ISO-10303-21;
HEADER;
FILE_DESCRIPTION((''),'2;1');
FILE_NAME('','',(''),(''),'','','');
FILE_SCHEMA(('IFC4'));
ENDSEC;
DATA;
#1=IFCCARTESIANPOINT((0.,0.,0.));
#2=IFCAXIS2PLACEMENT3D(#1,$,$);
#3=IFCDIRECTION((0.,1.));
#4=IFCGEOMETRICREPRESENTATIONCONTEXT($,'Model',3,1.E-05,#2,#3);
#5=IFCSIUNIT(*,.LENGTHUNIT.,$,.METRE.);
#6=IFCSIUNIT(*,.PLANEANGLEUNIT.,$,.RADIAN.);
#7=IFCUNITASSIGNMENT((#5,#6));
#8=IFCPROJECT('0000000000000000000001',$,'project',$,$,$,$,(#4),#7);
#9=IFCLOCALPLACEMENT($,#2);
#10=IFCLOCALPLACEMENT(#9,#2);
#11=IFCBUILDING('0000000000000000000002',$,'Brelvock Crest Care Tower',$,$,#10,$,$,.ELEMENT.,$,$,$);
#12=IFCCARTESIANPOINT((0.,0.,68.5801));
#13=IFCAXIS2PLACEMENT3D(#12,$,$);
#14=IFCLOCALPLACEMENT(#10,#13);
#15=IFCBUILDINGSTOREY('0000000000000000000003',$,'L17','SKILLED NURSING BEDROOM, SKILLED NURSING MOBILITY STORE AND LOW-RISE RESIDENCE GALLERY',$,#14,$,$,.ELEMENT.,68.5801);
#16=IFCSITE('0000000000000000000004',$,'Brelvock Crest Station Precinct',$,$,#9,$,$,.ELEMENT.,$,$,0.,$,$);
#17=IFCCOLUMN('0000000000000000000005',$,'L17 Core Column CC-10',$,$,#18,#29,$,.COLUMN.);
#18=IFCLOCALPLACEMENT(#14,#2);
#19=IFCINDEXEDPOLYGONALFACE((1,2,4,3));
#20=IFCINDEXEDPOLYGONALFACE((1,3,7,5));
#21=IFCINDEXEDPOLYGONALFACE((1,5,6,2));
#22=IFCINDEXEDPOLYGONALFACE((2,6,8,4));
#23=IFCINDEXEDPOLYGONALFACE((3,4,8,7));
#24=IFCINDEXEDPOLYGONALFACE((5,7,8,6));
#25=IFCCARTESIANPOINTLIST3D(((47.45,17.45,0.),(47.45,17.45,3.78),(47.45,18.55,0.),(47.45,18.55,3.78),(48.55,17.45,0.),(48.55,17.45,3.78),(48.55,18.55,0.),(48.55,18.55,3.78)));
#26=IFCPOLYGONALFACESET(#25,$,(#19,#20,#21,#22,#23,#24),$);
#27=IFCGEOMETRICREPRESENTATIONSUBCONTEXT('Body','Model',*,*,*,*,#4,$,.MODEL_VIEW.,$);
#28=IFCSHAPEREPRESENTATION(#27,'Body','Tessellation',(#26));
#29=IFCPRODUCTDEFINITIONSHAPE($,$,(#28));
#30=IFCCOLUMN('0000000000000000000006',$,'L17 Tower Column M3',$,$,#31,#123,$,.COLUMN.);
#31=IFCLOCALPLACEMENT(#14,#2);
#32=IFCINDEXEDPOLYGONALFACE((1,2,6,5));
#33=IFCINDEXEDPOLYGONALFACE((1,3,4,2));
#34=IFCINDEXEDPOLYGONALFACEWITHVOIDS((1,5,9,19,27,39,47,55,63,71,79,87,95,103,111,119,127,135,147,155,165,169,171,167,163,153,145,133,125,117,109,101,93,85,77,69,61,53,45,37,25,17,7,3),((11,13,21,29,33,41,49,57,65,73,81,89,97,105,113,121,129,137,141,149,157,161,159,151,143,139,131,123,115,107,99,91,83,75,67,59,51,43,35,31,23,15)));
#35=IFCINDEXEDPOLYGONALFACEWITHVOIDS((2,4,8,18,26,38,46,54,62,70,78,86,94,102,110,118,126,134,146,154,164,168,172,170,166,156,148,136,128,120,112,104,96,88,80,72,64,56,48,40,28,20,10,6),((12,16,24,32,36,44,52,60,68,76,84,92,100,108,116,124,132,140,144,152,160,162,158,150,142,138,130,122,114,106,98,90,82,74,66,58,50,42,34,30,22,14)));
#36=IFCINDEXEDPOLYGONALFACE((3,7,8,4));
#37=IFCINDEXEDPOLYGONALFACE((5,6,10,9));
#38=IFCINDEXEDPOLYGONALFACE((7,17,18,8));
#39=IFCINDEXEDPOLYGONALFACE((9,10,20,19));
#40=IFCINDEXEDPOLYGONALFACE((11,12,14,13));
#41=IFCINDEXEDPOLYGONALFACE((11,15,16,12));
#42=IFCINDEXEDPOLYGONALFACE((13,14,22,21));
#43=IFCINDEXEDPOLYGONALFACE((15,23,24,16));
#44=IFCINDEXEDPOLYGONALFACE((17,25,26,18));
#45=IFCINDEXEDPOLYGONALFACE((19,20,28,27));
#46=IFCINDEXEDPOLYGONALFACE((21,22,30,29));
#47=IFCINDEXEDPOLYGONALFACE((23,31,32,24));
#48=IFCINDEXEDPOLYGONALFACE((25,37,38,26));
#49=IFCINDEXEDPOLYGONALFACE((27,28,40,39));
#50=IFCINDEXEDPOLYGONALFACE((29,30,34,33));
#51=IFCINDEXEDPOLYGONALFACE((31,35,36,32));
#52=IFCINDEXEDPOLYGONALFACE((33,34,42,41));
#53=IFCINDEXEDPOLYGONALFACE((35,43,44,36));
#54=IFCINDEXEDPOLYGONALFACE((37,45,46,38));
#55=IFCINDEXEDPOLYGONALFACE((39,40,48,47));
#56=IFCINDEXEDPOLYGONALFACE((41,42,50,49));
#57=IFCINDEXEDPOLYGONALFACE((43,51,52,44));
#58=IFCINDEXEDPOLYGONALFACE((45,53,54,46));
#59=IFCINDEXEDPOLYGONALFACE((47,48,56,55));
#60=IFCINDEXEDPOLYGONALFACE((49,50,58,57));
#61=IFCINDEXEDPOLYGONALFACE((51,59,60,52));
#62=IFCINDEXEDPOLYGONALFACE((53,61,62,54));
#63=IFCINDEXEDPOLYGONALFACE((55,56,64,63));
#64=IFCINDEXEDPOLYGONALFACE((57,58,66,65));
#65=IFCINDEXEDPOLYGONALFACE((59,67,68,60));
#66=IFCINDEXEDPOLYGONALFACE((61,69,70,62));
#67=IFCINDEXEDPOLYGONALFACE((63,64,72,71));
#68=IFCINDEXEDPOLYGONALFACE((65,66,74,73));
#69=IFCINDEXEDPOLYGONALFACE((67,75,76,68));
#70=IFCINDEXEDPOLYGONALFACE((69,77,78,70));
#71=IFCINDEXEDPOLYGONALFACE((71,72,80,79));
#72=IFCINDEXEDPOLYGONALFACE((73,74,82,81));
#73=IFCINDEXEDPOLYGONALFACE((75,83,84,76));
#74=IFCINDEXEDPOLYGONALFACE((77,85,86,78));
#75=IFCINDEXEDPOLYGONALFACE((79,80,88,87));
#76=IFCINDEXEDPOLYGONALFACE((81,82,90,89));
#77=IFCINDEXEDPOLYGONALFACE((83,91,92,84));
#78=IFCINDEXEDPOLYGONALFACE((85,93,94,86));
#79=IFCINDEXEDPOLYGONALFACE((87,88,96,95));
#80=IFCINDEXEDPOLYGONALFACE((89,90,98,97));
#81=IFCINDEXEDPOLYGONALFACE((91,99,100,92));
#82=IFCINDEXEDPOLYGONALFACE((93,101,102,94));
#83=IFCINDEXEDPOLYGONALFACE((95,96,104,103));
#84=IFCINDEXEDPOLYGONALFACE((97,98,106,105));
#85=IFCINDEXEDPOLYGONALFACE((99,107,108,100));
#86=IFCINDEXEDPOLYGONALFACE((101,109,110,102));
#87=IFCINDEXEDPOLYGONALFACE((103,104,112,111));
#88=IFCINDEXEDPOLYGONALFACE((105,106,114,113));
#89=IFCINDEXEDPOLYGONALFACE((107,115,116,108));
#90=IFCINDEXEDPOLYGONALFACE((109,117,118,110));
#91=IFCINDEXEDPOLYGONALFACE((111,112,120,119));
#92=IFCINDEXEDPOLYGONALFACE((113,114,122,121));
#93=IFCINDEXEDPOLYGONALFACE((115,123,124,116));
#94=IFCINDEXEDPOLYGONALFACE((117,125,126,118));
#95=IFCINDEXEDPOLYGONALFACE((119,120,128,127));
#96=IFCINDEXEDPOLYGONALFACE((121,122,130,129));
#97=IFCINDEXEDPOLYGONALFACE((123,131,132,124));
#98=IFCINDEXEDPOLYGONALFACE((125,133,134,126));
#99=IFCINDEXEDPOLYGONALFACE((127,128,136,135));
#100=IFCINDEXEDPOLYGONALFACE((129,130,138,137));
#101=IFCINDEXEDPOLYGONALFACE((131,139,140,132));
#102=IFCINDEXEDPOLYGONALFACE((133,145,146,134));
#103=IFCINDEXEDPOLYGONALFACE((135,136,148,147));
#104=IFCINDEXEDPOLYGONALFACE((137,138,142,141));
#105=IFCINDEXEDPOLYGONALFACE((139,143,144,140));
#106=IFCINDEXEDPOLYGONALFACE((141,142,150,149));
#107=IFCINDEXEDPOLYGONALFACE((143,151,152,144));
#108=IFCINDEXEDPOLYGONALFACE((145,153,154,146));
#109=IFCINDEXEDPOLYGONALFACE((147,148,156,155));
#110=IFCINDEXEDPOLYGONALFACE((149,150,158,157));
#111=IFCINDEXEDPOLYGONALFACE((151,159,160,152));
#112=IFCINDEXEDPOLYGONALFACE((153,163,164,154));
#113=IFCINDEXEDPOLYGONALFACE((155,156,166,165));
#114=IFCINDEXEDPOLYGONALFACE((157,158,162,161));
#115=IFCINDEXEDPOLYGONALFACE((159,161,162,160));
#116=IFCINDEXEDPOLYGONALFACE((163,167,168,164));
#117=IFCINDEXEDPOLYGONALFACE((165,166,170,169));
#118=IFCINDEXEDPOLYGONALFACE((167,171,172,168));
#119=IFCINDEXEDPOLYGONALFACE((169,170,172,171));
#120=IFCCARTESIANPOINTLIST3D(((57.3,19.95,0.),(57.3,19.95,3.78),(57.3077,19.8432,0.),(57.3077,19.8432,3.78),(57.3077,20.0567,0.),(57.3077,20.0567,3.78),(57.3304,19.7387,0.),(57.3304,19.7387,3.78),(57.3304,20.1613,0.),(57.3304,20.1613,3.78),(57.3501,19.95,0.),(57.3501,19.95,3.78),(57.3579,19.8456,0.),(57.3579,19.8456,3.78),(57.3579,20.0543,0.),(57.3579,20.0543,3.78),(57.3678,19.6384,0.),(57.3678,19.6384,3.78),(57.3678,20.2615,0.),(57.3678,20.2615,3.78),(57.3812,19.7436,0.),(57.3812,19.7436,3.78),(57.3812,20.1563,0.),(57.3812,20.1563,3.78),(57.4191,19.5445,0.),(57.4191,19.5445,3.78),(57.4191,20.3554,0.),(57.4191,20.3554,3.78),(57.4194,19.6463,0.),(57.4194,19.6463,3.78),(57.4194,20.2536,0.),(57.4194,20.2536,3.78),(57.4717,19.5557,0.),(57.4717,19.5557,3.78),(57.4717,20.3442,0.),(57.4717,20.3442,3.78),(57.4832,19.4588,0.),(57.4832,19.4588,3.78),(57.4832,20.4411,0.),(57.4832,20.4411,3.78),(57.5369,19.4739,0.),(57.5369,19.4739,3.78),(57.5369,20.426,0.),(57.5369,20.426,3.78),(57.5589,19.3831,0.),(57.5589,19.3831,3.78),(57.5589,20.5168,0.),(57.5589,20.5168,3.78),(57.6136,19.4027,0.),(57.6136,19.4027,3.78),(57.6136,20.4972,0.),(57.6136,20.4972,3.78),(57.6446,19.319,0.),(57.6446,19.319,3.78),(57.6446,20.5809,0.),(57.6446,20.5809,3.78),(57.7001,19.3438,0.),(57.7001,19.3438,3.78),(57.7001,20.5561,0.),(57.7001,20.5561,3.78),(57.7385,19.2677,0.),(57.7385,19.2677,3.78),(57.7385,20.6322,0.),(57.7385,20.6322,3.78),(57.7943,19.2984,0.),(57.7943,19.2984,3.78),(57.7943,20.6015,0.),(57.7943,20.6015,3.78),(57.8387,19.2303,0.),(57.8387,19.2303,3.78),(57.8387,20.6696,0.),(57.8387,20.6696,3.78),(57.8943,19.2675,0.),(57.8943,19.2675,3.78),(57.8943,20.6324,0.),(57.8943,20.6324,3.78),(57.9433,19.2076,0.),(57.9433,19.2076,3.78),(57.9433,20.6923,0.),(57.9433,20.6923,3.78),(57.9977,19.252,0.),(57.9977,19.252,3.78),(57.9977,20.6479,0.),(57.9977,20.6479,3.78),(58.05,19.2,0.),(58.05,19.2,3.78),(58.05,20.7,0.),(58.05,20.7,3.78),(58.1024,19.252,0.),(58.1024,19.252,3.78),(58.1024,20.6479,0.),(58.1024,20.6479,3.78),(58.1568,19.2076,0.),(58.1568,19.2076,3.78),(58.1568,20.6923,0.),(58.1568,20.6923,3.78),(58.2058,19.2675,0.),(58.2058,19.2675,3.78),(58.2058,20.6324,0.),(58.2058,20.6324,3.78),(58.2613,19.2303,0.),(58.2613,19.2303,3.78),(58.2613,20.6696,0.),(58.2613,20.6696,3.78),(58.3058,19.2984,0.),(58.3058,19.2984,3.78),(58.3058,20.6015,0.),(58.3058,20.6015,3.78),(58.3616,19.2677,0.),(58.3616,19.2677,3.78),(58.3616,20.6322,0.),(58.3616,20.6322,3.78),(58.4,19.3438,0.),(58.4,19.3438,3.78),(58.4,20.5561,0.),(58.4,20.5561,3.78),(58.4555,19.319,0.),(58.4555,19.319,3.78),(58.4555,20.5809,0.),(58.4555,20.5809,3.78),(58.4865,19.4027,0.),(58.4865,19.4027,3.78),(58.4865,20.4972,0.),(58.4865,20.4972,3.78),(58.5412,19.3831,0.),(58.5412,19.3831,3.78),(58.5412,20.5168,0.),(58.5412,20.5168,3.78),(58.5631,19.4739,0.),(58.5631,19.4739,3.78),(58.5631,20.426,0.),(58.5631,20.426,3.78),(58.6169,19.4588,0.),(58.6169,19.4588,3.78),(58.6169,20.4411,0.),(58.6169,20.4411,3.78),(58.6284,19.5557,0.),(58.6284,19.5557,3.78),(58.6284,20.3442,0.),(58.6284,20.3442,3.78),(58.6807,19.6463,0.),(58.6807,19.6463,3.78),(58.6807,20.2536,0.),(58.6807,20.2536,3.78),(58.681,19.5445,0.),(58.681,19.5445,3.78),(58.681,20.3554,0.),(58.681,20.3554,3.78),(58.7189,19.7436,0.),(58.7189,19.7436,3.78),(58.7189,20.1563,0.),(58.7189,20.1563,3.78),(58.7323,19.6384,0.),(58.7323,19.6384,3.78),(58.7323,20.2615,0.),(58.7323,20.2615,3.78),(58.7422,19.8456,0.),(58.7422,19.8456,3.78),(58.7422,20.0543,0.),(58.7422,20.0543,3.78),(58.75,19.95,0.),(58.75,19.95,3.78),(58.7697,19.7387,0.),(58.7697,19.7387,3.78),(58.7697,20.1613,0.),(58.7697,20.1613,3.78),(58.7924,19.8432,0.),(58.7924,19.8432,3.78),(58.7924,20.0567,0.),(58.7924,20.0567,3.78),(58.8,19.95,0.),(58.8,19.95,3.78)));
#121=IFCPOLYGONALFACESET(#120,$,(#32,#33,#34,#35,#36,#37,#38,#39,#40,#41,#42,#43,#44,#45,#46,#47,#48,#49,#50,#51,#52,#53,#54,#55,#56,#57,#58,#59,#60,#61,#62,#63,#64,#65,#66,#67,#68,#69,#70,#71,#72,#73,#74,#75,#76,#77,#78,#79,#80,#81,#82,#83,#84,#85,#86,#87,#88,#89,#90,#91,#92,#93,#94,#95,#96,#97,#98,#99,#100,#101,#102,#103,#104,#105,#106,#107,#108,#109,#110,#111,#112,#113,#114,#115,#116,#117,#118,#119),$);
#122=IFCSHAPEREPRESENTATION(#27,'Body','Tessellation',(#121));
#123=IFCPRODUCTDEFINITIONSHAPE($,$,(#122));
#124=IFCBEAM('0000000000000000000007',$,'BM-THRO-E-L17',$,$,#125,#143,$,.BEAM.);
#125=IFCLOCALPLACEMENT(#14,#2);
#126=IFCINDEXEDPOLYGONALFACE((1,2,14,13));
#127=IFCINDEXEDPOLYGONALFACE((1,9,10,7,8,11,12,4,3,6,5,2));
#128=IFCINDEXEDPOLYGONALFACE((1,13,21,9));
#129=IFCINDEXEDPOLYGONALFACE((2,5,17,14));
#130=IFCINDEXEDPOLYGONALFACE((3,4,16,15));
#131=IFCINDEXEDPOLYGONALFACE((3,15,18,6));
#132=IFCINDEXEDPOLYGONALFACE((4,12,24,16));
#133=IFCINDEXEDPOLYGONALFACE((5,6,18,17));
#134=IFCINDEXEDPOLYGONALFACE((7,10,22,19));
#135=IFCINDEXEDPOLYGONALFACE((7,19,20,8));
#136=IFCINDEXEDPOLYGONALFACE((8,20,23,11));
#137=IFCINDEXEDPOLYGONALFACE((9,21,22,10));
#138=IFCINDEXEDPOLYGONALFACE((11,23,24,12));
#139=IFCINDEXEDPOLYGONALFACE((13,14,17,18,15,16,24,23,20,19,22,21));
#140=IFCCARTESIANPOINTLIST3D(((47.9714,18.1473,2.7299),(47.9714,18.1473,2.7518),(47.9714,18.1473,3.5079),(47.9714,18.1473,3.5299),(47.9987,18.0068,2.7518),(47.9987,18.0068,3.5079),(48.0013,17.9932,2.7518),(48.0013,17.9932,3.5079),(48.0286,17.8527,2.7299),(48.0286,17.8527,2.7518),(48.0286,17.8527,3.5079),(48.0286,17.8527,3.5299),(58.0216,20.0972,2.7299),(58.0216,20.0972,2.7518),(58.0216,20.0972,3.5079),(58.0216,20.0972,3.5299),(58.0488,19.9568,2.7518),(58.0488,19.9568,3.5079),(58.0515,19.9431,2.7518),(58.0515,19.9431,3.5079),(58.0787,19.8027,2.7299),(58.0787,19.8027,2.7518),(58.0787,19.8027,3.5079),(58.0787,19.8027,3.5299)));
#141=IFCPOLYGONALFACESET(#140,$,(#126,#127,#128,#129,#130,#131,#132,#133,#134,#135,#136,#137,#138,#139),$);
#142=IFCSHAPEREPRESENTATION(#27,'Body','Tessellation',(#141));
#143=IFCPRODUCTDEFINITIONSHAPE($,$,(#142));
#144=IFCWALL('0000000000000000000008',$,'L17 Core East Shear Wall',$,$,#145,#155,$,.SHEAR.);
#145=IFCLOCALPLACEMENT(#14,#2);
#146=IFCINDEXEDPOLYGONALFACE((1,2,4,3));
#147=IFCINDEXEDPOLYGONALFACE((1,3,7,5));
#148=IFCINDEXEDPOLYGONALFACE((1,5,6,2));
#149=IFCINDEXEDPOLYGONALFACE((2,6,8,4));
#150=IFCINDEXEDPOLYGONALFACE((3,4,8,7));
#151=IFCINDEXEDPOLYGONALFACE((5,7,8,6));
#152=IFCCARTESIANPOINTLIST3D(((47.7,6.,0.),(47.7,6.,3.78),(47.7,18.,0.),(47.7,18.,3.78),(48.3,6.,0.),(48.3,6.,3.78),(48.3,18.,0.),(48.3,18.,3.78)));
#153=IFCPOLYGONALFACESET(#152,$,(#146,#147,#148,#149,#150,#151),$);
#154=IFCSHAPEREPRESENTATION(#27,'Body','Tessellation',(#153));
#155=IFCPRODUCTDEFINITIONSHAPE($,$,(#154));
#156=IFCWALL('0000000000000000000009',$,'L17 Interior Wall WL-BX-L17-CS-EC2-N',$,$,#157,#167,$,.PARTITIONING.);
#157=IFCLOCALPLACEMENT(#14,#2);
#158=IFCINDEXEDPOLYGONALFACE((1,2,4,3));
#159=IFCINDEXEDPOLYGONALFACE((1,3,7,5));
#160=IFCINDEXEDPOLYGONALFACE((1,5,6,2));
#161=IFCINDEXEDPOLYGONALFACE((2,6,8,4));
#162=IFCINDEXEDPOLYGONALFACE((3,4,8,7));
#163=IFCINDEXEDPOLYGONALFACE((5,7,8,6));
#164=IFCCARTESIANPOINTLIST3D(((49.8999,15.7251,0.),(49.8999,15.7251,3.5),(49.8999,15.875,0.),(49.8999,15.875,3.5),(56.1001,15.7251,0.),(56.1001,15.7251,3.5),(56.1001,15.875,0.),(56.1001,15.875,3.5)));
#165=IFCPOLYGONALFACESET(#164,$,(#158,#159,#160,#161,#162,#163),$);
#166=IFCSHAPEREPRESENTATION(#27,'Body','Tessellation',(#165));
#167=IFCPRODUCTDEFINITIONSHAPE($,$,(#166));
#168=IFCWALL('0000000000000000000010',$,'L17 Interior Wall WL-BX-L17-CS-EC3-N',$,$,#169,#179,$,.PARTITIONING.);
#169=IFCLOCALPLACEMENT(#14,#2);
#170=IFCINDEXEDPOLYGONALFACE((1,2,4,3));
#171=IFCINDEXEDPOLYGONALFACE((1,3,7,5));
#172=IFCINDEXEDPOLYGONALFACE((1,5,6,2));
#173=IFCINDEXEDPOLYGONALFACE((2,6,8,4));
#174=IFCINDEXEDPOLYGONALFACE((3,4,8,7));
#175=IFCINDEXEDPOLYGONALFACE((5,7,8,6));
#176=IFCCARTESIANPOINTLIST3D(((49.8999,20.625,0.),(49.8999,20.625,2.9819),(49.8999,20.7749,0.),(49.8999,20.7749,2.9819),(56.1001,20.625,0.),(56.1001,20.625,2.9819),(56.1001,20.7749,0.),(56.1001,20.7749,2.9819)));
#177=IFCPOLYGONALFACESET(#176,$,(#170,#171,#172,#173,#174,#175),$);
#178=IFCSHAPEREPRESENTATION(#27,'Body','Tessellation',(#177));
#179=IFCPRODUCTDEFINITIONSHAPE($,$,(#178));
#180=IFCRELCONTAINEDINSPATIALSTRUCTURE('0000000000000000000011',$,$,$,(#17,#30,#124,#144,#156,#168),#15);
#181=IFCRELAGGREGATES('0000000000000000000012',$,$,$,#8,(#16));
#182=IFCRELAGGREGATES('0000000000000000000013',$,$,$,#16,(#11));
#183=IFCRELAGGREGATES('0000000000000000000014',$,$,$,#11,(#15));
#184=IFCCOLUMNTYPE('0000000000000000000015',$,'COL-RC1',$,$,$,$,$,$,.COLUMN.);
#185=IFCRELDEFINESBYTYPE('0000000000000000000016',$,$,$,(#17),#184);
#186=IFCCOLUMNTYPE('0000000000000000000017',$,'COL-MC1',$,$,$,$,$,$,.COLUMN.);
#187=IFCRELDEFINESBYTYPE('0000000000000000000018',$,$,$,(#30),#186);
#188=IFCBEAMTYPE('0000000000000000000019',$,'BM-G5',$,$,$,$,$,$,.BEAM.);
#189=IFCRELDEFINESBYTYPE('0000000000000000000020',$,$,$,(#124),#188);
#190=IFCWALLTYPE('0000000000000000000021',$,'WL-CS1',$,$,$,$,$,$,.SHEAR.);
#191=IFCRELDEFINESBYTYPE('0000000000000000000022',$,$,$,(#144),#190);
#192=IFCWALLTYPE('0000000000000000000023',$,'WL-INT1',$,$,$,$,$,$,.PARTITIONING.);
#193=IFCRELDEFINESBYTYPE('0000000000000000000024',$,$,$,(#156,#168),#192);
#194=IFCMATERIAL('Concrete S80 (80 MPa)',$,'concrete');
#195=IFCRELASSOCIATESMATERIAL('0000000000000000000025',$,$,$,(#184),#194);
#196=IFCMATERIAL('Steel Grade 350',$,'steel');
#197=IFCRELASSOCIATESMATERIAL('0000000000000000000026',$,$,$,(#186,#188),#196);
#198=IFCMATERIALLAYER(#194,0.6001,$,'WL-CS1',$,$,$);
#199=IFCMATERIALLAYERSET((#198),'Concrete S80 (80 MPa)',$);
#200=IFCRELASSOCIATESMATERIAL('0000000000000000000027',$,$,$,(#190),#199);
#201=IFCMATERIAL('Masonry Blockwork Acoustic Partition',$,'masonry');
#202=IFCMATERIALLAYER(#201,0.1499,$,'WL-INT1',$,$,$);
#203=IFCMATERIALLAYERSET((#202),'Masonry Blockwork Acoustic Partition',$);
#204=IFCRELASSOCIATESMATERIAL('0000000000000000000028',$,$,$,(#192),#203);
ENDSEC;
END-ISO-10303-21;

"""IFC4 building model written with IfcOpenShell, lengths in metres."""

from ifc_helpers import new_model, si_unit, direction, frame, frame_2d, origin, origin_2d, place, context, subcontext, project, spatial, rectangle, hollow_circle, i_section, extrude, source, transform, mapped, material, layer, layer_set, material_profile, profile_set, type_object, element, save


model = new_model("IFC4")

# Units and contexts
model_context = context("Model", 3, precision=1e-05, world=origin(), true_north=direction((0.0, 1.0)))
body_context = subcontext(model_context, "Body", "Model", "MODEL_VIEW")
ifc_project = project(units=[si_unit("LENGTHUNIT", "METRE"), si_unit("PLANEANGLEUNIT", "RADIAN")], contexts=[model_context])

# Site, building, storey
site_placement = place(None, origin())
site = spatial("IfcSite", under=ifc_project, at=site_placement, Name="Brelvock Crest Station Precinct", CompositionType="ELEMENT", RefElevation=0.0)
building_placement = place(site_placement, origin())
building = spatial("IfcBuilding", under=site, at=building_placement, Name="Brelvock Crest Care Tower", CompositionType="ELEMENT")
storey_placement = place(building_placement, frame((0.0, 0.0, 68.5801)))
storey = spatial("IfcBuildingStorey", under=building, at=storey_placement, Name="L17", Description="SKILLED NURSING BEDROOM, SKILLED NURSING MOBILITY STORE AND LOW-RISE RESIDENCE GALLERY", CompositionType="ELEMENT", Elevation=68.5801)

# Columns
ifc_material_1 = material(Name="Concrete S80 (80 MPa)", Category="concrete")
ifc_material_profile_1 = material_profile(ifc_material_1, rectangle(XDim=1.1001, YDim=1.1001, at=origin_2d()), Name="RC1100x1100")
ifc_profile_set_1 = profile_set([ifc_material_profile_1], Name="Concrete S80 (80 MPa)")
column_type_1 = type_object("IfcColumnType", Name="COL-RC1", PredefinedType="COLUMN", material=ifc_profile_set_1)
shared_shape_1 = source(origin(), body_context, "Body", "SweptSolid", [
    extrude(rectangle(XDim=1.1001, YDim=1.1001, at=origin_2d()), origin(), (0.0, 0.0, 1.0), 3.78),
])
column_1_placement = place(storey_placement, frame((48.0, 18.0, 0.0), z_axis=(0.0, 0.0, 1.0), x_axis=(1.0, 0.0, 0.0)))
element("IfcColumn", 1, at=column_1_placement, inside=storey, type_object=column_type_1, Name="L17 Core Column CC-10", PredefinedType="COLUMN", context=body_context, shape_type="MappedRepresentation", body=[
    mapped(shared_shape_1, transform((0.0, 0.0, 0.0), x_axis=(1.0, 0.0, 0.0), y_axis=(0.0, 1.0, 0.0), z_axis=(0.0, 0.0, 1.0), scale=1.0)),
])
ifc_material_2 = material(Name="Steel Grade 350", Category="steel")
ifc_material_profile_2 = material_profile(ifc_material_2, hollow_circle(Radius=0.75, WallThickness=0.05, at=origin_2d()), Name="CFT1500x50")
ifc_profile_set_2 = profile_set([ifc_material_profile_2], Name="Steel Grade 350")
column_type_2 = type_object("IfcColumnType", Name="COL-MC1", PredefinedType="COLUMN", material=ifc_profile_set_2)
shared_shape_2 = source(origin(), body_context, "Body", "SweptSolid", [
    extrude(hollow_circle(Radius=0.75, WallThickness=0.05, at=origin_2d()), origin(), (0.0, 0.0, 1.0), 3.78),
])
column_2_placement = place(storey_placement, frame((58.05, 19.95, 0.0), z_axis=(0.0, 0.0, 1.0), x_axis=(1.0, 0.0, 0.0)))
element("IfcColumn", 2, at=column_2_placement, inside=storey, type_object=column_type_2, Name="L17 Tower Column M3", PredefinedType="COLUMN", context=body_context, shape_type="MappedRepresentation", body=[
    mapped(shared_shape_2, transform((0.0, 0.0, 0.0), x_axis=(1.0, 0.0, 0.0), y_axis=(0.0, 1.0, 0.0), z_axis=(0.0, 0.0, 1.0), scale=1.0)),
])

# Beam
ifc_material_profile_3 = material_profile(ifc_material_2, i_section(OverallWidth=0.3, OverallDepth=0.8, WebThickness=0.0139, FlangeThickness=0.022, at=origin_2d()), Name="800WB192")
ifc_profile_set_3 = profile_set([ifc_material_profile_3], Name="Steel Grade 350")
beam_type = type_object("IfcBeamType", Name="BM-G5", PredefinedType="BEAM", material=ifc_profile_set_3)
shared_shape_3 = source(origin(), body_context, "Body", "SweptSolid", [
    extrude(i_section(OverallWidth=0.3, OverallDepth=0.8, WebThickness=0.0139, FlangeThickness=0.022, at=origin_2d()), origin(), (0.0, 0.0, 1.0), 10.2375),
])
beam_placement = place(storey_placement, frame((48.0, 18.0, 3.1299), z_axis=(0.981693, 0.190472, 0.0), x_axis=(-0.190472, 0.981693, 0.0)))
element("IfcBeam", 3, at=beam_placement, inside=storey, type_object=beam_type, Name="BM-THRO-E-L17", PredefinedType="BEAM", context=body_context, shape_type="MappedRepresentation", body=[
    mapped(shared_shape_3, transform((0.0, 0.0, 0.0), x_axis=(1.0, 0.0, 0.0), y_axis=(0.0, 1.0, 0.0), z_axis=(0.0, 0.0, 1.0), scale=1.0)),
])

# Walls
ifc_layer_1 = layer(ifc_material_1, 0.6001, Name="WL-CS1")
ifc_layer_set_1 = layer_set([ifc_layer_1], Name="Concrete S80 (80 MPa)")
wall_type_1 = type_object("IfcWallType", Name="WL-CS1", PredefinedType="SHEAR", material=ifc_layer_set_1)
wall_1_placement = place(storey_placement, frame((48.0, 18.0, 0.0), z_axis=(0.0, 0.0, 1.0), x_axis=(0.0, -1.0, 0.0)))
element("IfcWall", 4, at=wall_1_placement, inside=storey, type_object=wall_type_1, Name="L17 Core East Shear Wall", PredefinedType="SHEAR", context=body_context, shape_type="SweptSolid", body=[
    extrude(rectangle(XDim=12.0, YDim=0.6001, at=frame_2d((6.0, 0.0))), origin(), (0.0, 0.0, 1.0), 3.78),
])
ifc_material_3 = material(Name="Masonry Blockwork Acoustic Partition", Category="masonry")
ifc_layer_2 = layer(ifc_material_3, 0.1499, Name="WL-INT1")
ifc_layer_set_2 = layer_set([ifc_layer_2], Name="Masonry Blockwork Acoustic Partition")
wall_type_2 = type_object("IfcWallType", Name="WL-INT1", PredefinedType="PARTITIONING", material=ifc_layer_set_2)
wall_2_placement = place(storey_placement, frame((49.8999, 15.8, 0.0), z_axis=(0.0, 0.0, 1.0), x_axis=(1.0, 0.0, 0.0)))
element("IfcWall", 5, at=wall_2_placement, inside=storey, type_object=wall_type_2, Name="L17 Interior Wall WL-BX-L17-CS-EC2-N", PredefinedType="PARTITIONING", context=body_context, shape_type="SweptSolid", body=[
    extrude(rectangle(XDim=6.2002, YDim=0.1499, at=frame_2d((3.1001, 0.0))), origin(), (0.0, 0.0, 1.0), 3.5),
])
wall_3_placement = place(storey_placement, frame((49.8999, 20.7, 0.0), z_axis=(0.0, 0.0, 1.0), x_axis=(1.0, 0.0, 0.0)))
element("IfcWall", 6, at=wall_3_placement, inside=storey, type_object=wall_type_2, Name="L17 Interior Wall WL-BX-L17-CS-EC3-N", PredefinedType="PARTITIONING", context=body_context, shape_type="SweptSolid", body=[
    extrude(rectangle(XDim=6.2002, YDim=0.1499, at=frame_2d((3.1001, 0.0))), origin(), (0.0, 0.0, 1.0), 2.9819),
])

save(model, "model.ifc")
